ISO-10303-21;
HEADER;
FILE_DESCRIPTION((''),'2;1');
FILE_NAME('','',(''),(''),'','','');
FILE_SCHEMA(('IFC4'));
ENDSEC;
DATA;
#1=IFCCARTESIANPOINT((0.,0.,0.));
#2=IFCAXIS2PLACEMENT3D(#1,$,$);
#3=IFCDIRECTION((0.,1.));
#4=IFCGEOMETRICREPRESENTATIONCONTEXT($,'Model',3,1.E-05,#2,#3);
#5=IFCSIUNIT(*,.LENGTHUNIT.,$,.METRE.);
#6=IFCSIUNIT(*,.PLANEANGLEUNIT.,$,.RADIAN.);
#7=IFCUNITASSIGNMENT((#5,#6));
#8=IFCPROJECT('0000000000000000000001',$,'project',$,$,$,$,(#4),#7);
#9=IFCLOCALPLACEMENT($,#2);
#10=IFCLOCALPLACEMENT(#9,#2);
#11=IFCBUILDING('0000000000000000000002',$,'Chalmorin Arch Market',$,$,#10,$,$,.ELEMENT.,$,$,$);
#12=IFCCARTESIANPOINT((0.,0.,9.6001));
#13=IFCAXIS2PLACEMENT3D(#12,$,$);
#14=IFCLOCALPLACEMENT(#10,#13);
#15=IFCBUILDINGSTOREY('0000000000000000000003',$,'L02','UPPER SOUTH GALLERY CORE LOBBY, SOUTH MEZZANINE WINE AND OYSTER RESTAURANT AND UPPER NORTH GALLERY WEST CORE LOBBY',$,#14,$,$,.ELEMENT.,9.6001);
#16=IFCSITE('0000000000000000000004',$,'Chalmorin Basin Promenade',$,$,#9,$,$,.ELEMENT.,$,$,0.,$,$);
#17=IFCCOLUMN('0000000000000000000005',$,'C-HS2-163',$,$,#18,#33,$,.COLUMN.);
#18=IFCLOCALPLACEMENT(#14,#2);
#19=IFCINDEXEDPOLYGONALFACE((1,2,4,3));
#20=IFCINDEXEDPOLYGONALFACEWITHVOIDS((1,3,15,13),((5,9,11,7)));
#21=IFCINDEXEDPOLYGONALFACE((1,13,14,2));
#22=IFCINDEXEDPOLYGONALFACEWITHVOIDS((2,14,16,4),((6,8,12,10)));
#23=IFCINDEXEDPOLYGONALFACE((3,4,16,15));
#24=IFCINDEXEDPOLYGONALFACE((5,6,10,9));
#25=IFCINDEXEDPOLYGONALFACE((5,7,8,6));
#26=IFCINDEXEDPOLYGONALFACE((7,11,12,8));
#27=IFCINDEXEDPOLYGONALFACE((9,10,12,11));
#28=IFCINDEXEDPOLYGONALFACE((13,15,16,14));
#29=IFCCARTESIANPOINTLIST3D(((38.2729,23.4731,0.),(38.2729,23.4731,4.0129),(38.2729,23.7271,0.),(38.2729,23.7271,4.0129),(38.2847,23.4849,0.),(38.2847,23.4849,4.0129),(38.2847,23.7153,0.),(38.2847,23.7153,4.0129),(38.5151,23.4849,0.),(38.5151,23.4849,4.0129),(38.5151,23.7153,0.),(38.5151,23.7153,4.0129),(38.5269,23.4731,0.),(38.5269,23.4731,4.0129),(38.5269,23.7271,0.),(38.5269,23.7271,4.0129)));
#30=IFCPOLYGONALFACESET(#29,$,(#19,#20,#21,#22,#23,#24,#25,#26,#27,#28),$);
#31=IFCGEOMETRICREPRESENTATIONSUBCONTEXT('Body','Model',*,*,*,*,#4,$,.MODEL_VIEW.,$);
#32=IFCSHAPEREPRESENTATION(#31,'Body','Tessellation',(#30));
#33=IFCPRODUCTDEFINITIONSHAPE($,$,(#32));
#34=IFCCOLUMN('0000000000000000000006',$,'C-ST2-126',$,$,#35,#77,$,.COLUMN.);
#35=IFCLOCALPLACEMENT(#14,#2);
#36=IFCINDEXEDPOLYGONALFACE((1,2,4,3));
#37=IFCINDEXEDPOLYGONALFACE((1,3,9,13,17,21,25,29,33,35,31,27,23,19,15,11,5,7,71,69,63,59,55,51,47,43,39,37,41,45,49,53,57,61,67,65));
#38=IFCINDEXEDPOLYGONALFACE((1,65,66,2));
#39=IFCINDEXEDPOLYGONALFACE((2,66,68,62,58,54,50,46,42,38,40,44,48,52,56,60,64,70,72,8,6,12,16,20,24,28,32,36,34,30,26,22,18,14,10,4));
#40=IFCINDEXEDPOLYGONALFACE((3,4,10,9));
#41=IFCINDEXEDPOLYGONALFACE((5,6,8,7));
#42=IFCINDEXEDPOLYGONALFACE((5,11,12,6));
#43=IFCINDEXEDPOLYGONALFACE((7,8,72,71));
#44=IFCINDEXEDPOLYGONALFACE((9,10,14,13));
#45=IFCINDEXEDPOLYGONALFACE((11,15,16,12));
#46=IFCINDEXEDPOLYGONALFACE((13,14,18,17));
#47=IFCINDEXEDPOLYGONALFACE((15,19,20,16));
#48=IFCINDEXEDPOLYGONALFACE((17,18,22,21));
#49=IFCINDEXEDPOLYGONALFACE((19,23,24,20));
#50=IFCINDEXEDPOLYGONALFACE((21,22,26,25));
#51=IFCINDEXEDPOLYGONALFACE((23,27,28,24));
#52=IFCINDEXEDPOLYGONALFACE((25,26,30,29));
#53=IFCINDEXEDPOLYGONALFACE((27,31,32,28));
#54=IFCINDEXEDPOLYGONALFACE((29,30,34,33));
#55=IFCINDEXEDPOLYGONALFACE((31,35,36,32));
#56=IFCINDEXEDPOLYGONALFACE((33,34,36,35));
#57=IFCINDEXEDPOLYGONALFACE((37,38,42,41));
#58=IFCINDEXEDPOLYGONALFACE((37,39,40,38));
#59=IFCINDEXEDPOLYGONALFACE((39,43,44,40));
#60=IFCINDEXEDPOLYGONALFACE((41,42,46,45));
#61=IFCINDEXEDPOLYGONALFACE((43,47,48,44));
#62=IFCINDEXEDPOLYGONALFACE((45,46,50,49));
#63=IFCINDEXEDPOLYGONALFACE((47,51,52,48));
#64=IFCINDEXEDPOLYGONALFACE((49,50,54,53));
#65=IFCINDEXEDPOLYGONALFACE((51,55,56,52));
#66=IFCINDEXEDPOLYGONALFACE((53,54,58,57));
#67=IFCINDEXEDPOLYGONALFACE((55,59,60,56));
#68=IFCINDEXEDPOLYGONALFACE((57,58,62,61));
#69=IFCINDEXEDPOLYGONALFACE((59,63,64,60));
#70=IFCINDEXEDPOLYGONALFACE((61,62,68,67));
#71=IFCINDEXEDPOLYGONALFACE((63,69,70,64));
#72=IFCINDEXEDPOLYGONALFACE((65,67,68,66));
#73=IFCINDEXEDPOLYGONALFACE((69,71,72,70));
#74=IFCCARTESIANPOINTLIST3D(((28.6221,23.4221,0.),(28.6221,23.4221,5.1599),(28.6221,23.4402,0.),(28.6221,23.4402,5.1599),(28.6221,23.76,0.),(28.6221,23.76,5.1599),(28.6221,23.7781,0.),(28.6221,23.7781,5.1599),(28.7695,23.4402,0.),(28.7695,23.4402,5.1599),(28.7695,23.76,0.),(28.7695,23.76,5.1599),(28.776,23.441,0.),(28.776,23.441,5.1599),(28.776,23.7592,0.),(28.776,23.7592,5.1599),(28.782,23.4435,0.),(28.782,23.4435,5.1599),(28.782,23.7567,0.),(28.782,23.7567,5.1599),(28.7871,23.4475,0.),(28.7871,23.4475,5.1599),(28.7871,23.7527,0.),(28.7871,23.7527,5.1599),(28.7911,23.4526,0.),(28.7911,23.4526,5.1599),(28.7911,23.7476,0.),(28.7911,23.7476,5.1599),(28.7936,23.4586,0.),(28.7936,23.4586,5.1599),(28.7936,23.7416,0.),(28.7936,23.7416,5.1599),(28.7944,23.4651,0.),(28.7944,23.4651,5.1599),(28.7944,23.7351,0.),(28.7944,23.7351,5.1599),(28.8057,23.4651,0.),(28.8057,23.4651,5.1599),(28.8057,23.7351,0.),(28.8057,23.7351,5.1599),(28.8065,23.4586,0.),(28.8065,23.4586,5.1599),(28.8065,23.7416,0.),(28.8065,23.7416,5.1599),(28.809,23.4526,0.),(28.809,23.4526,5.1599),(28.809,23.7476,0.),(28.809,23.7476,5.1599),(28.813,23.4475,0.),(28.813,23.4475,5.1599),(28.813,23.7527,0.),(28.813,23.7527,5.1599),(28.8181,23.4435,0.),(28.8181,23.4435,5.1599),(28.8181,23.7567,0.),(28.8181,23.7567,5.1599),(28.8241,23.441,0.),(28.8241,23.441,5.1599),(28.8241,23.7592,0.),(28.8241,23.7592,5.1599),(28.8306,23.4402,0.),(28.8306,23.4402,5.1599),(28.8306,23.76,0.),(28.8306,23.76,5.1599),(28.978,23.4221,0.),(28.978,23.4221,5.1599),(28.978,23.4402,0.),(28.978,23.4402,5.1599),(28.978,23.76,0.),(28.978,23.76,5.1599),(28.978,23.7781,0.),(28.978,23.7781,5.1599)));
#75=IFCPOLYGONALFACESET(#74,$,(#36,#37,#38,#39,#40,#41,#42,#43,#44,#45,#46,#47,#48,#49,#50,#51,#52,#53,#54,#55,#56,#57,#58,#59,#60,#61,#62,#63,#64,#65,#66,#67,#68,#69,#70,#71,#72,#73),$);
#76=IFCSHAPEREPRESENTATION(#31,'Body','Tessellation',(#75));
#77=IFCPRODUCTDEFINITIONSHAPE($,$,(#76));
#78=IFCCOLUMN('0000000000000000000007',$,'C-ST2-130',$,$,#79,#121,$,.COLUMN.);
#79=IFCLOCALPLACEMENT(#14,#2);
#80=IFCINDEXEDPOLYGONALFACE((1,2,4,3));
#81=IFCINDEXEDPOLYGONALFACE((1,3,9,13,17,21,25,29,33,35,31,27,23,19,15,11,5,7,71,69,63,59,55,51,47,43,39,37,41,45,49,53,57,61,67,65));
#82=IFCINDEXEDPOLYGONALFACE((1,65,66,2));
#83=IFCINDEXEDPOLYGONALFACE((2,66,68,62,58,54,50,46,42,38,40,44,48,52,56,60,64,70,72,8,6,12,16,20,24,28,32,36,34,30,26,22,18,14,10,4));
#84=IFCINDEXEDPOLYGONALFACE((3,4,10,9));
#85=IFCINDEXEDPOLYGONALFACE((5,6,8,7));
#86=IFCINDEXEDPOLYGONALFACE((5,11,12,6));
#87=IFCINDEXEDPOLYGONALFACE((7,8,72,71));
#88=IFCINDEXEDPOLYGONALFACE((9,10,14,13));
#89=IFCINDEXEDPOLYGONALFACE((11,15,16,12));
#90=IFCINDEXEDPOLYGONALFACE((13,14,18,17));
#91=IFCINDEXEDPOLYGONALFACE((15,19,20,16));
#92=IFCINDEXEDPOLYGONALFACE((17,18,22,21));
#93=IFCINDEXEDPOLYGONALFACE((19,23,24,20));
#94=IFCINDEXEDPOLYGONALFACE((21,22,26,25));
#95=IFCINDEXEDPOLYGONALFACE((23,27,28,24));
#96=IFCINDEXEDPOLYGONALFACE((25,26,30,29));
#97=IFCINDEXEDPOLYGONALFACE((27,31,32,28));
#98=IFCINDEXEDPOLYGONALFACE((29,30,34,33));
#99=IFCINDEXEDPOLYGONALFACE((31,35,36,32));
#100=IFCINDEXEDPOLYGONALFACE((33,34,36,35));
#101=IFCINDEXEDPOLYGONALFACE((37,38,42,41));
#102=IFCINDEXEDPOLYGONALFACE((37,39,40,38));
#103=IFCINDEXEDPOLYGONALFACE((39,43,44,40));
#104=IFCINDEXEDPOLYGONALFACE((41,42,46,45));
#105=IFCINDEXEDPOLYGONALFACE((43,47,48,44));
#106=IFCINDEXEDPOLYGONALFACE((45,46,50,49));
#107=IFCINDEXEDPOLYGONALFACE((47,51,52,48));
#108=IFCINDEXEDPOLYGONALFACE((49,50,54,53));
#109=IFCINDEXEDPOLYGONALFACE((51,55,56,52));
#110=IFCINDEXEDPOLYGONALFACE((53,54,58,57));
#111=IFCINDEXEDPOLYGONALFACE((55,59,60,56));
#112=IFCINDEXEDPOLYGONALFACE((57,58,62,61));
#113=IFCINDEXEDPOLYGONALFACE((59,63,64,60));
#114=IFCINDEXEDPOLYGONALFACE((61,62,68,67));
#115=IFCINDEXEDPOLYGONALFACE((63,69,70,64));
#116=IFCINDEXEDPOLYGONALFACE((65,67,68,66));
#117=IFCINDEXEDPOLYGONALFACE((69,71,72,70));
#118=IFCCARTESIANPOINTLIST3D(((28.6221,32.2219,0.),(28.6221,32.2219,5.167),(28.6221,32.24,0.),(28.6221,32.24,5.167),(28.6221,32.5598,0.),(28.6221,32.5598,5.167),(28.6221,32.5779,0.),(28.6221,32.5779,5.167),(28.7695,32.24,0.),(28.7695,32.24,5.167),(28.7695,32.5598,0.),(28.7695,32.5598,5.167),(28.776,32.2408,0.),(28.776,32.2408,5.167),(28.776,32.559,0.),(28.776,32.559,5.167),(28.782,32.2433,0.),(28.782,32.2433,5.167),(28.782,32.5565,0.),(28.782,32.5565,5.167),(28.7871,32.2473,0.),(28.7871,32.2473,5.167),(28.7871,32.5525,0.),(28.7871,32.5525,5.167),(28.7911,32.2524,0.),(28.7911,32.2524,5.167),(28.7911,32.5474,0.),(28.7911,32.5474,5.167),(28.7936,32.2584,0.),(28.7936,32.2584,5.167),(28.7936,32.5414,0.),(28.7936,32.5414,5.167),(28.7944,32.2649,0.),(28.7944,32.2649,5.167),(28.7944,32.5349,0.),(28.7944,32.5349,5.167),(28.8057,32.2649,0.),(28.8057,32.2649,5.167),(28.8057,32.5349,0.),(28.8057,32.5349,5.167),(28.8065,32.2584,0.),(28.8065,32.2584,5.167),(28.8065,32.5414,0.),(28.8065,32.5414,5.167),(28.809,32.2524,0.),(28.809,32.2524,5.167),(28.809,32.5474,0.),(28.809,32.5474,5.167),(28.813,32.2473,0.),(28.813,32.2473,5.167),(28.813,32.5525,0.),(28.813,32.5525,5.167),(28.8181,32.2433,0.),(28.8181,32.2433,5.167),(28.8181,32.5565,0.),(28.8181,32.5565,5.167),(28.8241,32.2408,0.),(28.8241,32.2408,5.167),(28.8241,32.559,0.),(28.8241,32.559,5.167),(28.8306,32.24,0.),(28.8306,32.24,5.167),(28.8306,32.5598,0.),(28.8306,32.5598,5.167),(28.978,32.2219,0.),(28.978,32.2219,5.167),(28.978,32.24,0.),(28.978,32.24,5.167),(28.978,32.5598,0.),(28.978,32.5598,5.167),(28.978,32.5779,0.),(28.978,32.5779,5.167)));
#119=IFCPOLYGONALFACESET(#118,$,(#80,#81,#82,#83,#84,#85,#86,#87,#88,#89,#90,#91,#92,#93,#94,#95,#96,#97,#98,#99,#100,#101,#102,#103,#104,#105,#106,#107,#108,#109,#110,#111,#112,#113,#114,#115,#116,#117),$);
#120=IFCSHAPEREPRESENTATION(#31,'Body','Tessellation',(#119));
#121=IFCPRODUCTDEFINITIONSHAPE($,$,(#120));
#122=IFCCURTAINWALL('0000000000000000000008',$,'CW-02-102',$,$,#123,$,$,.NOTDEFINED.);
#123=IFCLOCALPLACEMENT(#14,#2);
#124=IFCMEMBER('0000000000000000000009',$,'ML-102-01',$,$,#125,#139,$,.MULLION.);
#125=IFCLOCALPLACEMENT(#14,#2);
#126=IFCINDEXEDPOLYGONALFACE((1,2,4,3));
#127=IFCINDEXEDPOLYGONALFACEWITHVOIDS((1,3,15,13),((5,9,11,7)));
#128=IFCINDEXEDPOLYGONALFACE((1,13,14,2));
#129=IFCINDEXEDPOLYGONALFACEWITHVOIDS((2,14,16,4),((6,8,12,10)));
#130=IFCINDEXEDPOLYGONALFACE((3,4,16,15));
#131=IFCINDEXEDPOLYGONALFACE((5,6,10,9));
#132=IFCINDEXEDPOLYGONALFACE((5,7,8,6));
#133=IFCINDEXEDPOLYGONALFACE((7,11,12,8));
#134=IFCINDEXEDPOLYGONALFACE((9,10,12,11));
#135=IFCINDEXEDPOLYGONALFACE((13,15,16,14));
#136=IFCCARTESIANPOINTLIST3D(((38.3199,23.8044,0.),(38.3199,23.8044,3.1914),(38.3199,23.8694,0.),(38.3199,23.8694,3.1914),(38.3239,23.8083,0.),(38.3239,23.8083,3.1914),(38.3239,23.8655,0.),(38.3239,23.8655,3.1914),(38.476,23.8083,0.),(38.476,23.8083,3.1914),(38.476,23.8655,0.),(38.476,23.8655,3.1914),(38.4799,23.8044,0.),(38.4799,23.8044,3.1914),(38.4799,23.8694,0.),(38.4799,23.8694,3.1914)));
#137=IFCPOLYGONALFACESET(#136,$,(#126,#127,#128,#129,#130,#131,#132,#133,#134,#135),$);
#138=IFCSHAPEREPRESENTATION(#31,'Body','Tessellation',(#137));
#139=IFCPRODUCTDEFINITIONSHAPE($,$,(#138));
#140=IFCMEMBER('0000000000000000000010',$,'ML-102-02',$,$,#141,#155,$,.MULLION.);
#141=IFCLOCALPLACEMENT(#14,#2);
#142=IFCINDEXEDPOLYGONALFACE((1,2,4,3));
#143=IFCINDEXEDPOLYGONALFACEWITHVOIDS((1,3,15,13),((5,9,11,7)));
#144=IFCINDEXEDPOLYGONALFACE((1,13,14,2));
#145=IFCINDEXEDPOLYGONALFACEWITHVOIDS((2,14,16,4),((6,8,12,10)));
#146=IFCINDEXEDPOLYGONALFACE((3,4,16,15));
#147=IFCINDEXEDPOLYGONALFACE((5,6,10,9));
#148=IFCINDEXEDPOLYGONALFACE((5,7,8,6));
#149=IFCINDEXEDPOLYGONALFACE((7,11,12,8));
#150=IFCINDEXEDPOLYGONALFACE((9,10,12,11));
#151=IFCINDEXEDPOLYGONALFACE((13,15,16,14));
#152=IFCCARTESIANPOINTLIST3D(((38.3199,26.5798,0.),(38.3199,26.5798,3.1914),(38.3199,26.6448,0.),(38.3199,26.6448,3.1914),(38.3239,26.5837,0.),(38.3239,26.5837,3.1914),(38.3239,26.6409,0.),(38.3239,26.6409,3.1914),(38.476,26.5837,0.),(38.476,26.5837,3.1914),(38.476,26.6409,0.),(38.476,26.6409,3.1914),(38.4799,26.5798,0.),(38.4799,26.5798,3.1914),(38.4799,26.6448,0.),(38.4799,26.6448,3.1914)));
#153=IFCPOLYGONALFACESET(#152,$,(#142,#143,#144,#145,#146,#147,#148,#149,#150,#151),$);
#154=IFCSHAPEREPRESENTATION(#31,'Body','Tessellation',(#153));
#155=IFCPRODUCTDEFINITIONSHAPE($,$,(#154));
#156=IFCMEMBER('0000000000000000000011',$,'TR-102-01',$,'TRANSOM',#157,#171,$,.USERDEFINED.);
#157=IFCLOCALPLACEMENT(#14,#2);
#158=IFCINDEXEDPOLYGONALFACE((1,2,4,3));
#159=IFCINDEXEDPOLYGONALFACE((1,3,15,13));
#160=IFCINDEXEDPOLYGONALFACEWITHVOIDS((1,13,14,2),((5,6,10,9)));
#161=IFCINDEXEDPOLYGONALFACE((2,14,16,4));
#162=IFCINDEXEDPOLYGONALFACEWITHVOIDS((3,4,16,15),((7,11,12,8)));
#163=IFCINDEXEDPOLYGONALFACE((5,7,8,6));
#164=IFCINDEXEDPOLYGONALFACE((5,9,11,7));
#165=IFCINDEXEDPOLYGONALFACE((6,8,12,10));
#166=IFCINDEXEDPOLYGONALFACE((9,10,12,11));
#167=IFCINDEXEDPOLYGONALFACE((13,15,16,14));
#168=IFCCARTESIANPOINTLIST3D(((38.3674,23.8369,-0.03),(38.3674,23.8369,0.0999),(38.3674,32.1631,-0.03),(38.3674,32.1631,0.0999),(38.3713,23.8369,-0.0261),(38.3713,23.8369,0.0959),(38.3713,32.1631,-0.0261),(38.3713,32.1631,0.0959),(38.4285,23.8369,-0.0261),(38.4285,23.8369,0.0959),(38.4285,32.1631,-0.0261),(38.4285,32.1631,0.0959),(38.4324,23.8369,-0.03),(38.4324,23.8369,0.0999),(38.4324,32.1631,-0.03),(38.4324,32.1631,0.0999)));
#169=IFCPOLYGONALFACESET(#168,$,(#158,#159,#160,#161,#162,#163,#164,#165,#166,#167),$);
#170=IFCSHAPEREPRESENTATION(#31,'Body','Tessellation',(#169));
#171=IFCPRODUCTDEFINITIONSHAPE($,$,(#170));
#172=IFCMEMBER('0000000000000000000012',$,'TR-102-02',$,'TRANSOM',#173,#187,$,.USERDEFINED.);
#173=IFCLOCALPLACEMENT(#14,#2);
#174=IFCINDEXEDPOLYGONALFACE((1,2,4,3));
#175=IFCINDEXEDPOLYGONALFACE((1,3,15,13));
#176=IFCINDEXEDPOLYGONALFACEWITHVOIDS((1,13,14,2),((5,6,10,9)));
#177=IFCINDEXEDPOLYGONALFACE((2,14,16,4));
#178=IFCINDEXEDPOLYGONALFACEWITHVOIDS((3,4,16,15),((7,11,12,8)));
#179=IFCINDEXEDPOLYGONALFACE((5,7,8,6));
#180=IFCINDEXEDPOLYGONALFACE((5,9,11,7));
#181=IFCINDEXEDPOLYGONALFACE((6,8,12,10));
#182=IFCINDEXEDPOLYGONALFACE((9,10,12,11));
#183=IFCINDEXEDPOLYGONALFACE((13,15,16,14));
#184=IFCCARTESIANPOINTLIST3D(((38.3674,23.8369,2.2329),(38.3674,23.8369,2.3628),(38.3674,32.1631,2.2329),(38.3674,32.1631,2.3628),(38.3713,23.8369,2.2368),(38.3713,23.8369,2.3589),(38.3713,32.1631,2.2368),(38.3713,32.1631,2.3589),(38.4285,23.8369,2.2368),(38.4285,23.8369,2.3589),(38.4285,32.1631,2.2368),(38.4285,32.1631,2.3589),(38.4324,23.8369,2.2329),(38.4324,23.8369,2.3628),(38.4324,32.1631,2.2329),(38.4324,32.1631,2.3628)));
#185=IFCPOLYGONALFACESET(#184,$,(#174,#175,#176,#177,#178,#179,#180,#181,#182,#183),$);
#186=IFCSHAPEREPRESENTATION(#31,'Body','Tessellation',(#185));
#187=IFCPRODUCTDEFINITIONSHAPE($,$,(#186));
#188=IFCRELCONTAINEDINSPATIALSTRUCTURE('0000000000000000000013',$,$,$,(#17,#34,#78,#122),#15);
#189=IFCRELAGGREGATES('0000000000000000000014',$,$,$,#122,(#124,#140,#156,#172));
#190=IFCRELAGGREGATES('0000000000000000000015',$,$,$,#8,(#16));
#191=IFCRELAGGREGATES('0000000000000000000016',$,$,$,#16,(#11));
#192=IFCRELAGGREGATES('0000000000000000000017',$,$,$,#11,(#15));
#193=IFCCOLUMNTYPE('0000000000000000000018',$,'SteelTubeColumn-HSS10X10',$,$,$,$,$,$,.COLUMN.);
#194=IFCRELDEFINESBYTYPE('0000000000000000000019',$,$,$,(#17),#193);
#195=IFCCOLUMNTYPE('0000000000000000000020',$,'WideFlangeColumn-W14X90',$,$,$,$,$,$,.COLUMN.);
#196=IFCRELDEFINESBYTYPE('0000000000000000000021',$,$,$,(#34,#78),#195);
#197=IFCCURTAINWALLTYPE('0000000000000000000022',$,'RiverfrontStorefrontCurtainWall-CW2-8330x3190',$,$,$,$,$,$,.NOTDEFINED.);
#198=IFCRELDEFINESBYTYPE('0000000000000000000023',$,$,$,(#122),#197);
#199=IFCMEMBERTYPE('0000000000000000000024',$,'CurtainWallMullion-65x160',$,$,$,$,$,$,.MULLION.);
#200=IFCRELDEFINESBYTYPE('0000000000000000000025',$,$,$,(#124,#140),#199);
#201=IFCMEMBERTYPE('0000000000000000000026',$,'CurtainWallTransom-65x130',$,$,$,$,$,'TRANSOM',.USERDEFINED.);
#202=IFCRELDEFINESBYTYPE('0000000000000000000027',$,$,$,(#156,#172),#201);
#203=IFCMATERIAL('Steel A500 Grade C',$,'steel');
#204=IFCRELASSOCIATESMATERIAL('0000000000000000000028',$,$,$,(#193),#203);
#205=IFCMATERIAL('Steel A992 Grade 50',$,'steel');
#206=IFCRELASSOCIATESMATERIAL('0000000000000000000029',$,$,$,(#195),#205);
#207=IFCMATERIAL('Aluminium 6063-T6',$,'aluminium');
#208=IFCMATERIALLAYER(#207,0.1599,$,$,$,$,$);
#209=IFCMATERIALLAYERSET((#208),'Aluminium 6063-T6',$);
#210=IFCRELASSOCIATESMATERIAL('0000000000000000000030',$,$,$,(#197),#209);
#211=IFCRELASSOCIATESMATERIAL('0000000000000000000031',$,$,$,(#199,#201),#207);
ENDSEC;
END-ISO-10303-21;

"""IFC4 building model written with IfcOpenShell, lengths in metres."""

from ifc_helpers import new_model, si_unit, direction, frame, origin, origin_2d, place, context, subcontext, project, spatial, hollow_rectangle, i_section, extrude, material, layer, layer_set, material_profile, profile_set, type_object, element, aggregate, save


model = new_model("IFC4")

# Units and contexts
model_context = context("Model", 3, precision=1e-05, world=origin(), true_north=direction((0.0, 1.0)))
body_context = subcontext(model_context, "Body", "Model", "MODEL_VIEW")
ifc_project = project(units=[si_unit("LENGTHUNIT", "METRE"), si_unit("PLANEANGLEUNIT", "RADIAN")], contexts=[model_context])

# Site, building, storey
site_placement = place(None, origin())
site = spatial("IfcSite", under=ifc_project, at=site_placement, Name="Chalmorin Basin Promenade", CompositionType="ELEMENT", RefElevation=0.0)
building_placement = place(site_placement, origin())
building = spatial("IfcBuilding", under=site, at=building_placement, Name="Chalmorin Arch Market", CompositionType="ELEMENT")
storey_placement = place(building_placement, frame((0.0, 0.0, 9.6001)))
storey = spatial("IfcBuildingStorey", under=building, at=storey_placement, Name="L02", Description="UPPER SOUTH GALLERY CORE LOBBY, SOUTH MEZZANINE WINE AND OYSTER RESTAURANT AND UPPER NORTH GALLERY WEST CORE LOBBY", CompositionType="ELEMENT", Elevation=9.6001)

# Columns
ifc_material_1 = material(Name="Steel A500 Grade C", Category="steel")
ifc_material_profile_1 = material_profile(ifc_material_1, hollow_rectangle(XDim=0.2539, YDim=0.2539, WallThickness=0.0117, at=origin_2d()), Name="HSS10X10X1/2")
ifc_profile_set_1 = profile_set([ifc_material_profile_1], Name="Steel A500 Grade C")
column_type_1 = type_object("IfcColumnType", Name="SteelTubeColumn-HSS10X10", PredefinedType="COLUMN", material=ifc_profile_set_1)
column_1_placement = place(storey_placement, frame((38.3999, 23.6001, 0.0), z_axis=(0.0, 0.0, 1.0), x_axis=(1.0, 0.0, 0.0)))
element("IfcColumn", 1, at=column_1_placement, inside=storey, type_object=column_type_1, Name="C-HS2-163", PredefinedType="COLUMN", context=body_context, shape_type="SweptSolid", body=[
    extrude(hollow_rectangle(XDim=0.2539, YDim=0.2539, WallThickness=0.0117, at=origin_2d()), origin(), (0.0, 0.0, 1.0), 4.0129),
])
ifc_material_2 = material(Name="Steel A992 Grade 50", Category="steel")
ifc_material_profile_2 = material_profile(ifc_material_2, i_section(OverallWidth=0.356, OverallDepth=0.356, WebThickness=0.0112, FlangeThickness=0.0181, FilletRadius=0.0249, at=origin_2d()), Name="W14X90")
ifc_profile_set_2 = profile_set([ifc_material_profile_2], Name="Steel A992 Grade 50")
column_type_2 = type_object("IfcColumnType", Name="WideFlangeColumn-W14X90", PredefinedType="COLUMN", material=ifc_profile_set_2)
column_2_placement = place(storey_placement, frame((28.8, 23.6001, 0.0), z_axis=(0.0, 0.0, 1.0), x_axis=(1.0, 0.0, 0.0)))
element("IfcColumn", 2, at=column_2_placement, inside=storey, type_object=column_type_2, Name="C-ST2-126", PredefinedType="COLUMN", context=body_context, shape_type="SweptSolid", body=[
    extrude(i_section(OverallWidth=0.356, OverallDepth=0.356, WebThickness=0.0112, FlangeThickness=0.0181, FilletRadius=0.0249, at=origin_2d()), origin(), (0.0, 0.0, 1.0), 5.1599),
])
column_3_placement = place(storey_placement, frame((28.8, 32.3999, 0.0), z_axis=(0.0, 0.0, 1.0), x_axis=(1.0, 0.0, 0.0)))
element("IfcColumn", 3, at=column_3_placement, inside=storey, type_object=column_type_2, Name="C-ST2-130", PredefinedType="COLUMN", context=body_context, shape_type="SweptSolid", body=[
    extrude(i_section(OverallWidth=0.356, OverallDepth=0.356, WebThickness=0.0112, FlangeThickness=0.0181, FilletRadius=0.0249, at=origin_2d()), origin(), (0.0, 0.0, 1.0), 5.167),
])

# Curtain wall, members
ifc_material_3 = material(Name="Aluminium 6063-T6", Category="aluminium")
ifc_layer_1 = layer(ifc_material_3, 0.1599)
ifc_layer_set_1 = layer_set([ifc_layer_1], Name="Aluminium 6063-T6")
curtain_wall_type = type_object("IfcCurtainWallType", Name="RiverfrontStorefrontCurtainWall-CW2-8330x3190", PredefinedType="NOTDEFINED", material=ifc_layer_set_1)
curtain_wall_placement = place(storey_placement, origin())
curtain_wall = element("IfcCurtainWall", 4, at=curtain_wall_placement, inside=storey, type_object=curtain_wall_type, Name="CW-02-102", PredefinedType="NOTDEFINED")
ifc_material_profile_3 = material_profile(ifc_material_3, hollow_rectangle(XDim=0.0649, YDim=0.1599, WallThickness=0.0039, at=origin_2d()), Name="ALU65X160X4")
ifc_profile_set_3 = profile_set([ifc_material_profile_3], Name="Aluminium 6063-T6")
member_type_1 = type_object("IfcMemberType", Name="CurtainWallMullion-65x160", PredefinedType="MULLION", material=ifc_profile_set_3)
member_1_placement = place(storey_placement, frame((38.3999, 23.8369, 0.0), z_axis=(0.0, 0.0, 1.0), x_axis=(0.0, 1.0, 0.0)))
member_1 = element("IfcMember", 5, at=member_1_placement, type_object=member_type_1, Name="ML-102-01", PredefinedType="MULLION", context=body_context, shape_type="SweptSolid", body=[
    extrude(hollow_rectangle(XDim=0.0649, YDim=0.1599, WallThickness=0.0039, at=origin_2d()), origin(), (0.0, 0.0, 1.0), 3.1914),
])
member_2_placement = place(storey_placement, frame((38.3999, 26.6123, 0.0), z_axis=(0.0, 0.0, 1.0), x_axis=(0.0, 1.0, 0.0)))
member_2 = element("IfcMember", 6, at=member_2_placement, type_object=member_type_1, Name="ML-102-02", PredefinedType="MULLION", context=body_context, shape_type="SweptSolid", body=[
    extrude(hollow_rectangle(XDim=0.0649, YDim=0.1599, WallThickness=0.0039, at=origin_2d()), origin(), (0.0, 0.0, 1.0), 3.1914),
])
ifc_material_profile_4 = material_profile(ifc_material_3, hollow_rectangle(XDim=0.0649, YDim=0.1299, WallThickness=0.0039, at=origin_2d()), Name="ALU65X130X4")
ifc_profile_set_4 = profile_set([ifc_material_profile_4], Name="Aluminium 6063-T6")
member_type_2 = type_object("IfcMemberType", Name="CurtainWallTransom-65x130", ElementType="TRANSOM", PredefinedType="USERDEFINED", material=ifc_profile_set_4)
member_3_placement = place(storey_placement, frame((38.3999, 23.8369, 0.0349), z_axis=(0.0, 1.0, 0.0), x_axis=(-1.0, 0.0, 0.0)))
member_3 = element("IfcMember", 7, at=member_3_placement, type_object=member_type_2, Name="TR-102-01", ObjectType="TRANSOM", PredefinedType="USERDEFINED", context=body_context, shape_type="SweptSolid", body=[
    extrude(hollow_rectangle(XDim=0.0649, YDim=0.1299, WallThickness=0.0039, at=origin_2d()), origin(), (0.0, 0.0, 1.0), 8.3262),
])
member_4_placement = place(storey_placement, frame((38.3999, 23.8369, 2.2979), z_axis=(0.0, 1.0, 0.0), x_axis=(-1.0, 0.0, 0.0)))
member_4 = element("IfcMember", 8, at=member_4_placement, type_object=member_type_2, Name="TR-102-02", ObjectType="TRANSOM", PredefinedType="USERDEFINED", context=body_context, shape_type="SweptSolid", body=[
    extrude(hollow_rectangle(XDim=0.0649, YDim=0.1299, WallThickness=0.0039, at=origin_2d()), origin(), (0.0, 0.0, 1.0), 8.3262),
])

aggregate(curtain_wall, [member_1, member_2, member_3, member_4])

save(model, "model.ifc")
